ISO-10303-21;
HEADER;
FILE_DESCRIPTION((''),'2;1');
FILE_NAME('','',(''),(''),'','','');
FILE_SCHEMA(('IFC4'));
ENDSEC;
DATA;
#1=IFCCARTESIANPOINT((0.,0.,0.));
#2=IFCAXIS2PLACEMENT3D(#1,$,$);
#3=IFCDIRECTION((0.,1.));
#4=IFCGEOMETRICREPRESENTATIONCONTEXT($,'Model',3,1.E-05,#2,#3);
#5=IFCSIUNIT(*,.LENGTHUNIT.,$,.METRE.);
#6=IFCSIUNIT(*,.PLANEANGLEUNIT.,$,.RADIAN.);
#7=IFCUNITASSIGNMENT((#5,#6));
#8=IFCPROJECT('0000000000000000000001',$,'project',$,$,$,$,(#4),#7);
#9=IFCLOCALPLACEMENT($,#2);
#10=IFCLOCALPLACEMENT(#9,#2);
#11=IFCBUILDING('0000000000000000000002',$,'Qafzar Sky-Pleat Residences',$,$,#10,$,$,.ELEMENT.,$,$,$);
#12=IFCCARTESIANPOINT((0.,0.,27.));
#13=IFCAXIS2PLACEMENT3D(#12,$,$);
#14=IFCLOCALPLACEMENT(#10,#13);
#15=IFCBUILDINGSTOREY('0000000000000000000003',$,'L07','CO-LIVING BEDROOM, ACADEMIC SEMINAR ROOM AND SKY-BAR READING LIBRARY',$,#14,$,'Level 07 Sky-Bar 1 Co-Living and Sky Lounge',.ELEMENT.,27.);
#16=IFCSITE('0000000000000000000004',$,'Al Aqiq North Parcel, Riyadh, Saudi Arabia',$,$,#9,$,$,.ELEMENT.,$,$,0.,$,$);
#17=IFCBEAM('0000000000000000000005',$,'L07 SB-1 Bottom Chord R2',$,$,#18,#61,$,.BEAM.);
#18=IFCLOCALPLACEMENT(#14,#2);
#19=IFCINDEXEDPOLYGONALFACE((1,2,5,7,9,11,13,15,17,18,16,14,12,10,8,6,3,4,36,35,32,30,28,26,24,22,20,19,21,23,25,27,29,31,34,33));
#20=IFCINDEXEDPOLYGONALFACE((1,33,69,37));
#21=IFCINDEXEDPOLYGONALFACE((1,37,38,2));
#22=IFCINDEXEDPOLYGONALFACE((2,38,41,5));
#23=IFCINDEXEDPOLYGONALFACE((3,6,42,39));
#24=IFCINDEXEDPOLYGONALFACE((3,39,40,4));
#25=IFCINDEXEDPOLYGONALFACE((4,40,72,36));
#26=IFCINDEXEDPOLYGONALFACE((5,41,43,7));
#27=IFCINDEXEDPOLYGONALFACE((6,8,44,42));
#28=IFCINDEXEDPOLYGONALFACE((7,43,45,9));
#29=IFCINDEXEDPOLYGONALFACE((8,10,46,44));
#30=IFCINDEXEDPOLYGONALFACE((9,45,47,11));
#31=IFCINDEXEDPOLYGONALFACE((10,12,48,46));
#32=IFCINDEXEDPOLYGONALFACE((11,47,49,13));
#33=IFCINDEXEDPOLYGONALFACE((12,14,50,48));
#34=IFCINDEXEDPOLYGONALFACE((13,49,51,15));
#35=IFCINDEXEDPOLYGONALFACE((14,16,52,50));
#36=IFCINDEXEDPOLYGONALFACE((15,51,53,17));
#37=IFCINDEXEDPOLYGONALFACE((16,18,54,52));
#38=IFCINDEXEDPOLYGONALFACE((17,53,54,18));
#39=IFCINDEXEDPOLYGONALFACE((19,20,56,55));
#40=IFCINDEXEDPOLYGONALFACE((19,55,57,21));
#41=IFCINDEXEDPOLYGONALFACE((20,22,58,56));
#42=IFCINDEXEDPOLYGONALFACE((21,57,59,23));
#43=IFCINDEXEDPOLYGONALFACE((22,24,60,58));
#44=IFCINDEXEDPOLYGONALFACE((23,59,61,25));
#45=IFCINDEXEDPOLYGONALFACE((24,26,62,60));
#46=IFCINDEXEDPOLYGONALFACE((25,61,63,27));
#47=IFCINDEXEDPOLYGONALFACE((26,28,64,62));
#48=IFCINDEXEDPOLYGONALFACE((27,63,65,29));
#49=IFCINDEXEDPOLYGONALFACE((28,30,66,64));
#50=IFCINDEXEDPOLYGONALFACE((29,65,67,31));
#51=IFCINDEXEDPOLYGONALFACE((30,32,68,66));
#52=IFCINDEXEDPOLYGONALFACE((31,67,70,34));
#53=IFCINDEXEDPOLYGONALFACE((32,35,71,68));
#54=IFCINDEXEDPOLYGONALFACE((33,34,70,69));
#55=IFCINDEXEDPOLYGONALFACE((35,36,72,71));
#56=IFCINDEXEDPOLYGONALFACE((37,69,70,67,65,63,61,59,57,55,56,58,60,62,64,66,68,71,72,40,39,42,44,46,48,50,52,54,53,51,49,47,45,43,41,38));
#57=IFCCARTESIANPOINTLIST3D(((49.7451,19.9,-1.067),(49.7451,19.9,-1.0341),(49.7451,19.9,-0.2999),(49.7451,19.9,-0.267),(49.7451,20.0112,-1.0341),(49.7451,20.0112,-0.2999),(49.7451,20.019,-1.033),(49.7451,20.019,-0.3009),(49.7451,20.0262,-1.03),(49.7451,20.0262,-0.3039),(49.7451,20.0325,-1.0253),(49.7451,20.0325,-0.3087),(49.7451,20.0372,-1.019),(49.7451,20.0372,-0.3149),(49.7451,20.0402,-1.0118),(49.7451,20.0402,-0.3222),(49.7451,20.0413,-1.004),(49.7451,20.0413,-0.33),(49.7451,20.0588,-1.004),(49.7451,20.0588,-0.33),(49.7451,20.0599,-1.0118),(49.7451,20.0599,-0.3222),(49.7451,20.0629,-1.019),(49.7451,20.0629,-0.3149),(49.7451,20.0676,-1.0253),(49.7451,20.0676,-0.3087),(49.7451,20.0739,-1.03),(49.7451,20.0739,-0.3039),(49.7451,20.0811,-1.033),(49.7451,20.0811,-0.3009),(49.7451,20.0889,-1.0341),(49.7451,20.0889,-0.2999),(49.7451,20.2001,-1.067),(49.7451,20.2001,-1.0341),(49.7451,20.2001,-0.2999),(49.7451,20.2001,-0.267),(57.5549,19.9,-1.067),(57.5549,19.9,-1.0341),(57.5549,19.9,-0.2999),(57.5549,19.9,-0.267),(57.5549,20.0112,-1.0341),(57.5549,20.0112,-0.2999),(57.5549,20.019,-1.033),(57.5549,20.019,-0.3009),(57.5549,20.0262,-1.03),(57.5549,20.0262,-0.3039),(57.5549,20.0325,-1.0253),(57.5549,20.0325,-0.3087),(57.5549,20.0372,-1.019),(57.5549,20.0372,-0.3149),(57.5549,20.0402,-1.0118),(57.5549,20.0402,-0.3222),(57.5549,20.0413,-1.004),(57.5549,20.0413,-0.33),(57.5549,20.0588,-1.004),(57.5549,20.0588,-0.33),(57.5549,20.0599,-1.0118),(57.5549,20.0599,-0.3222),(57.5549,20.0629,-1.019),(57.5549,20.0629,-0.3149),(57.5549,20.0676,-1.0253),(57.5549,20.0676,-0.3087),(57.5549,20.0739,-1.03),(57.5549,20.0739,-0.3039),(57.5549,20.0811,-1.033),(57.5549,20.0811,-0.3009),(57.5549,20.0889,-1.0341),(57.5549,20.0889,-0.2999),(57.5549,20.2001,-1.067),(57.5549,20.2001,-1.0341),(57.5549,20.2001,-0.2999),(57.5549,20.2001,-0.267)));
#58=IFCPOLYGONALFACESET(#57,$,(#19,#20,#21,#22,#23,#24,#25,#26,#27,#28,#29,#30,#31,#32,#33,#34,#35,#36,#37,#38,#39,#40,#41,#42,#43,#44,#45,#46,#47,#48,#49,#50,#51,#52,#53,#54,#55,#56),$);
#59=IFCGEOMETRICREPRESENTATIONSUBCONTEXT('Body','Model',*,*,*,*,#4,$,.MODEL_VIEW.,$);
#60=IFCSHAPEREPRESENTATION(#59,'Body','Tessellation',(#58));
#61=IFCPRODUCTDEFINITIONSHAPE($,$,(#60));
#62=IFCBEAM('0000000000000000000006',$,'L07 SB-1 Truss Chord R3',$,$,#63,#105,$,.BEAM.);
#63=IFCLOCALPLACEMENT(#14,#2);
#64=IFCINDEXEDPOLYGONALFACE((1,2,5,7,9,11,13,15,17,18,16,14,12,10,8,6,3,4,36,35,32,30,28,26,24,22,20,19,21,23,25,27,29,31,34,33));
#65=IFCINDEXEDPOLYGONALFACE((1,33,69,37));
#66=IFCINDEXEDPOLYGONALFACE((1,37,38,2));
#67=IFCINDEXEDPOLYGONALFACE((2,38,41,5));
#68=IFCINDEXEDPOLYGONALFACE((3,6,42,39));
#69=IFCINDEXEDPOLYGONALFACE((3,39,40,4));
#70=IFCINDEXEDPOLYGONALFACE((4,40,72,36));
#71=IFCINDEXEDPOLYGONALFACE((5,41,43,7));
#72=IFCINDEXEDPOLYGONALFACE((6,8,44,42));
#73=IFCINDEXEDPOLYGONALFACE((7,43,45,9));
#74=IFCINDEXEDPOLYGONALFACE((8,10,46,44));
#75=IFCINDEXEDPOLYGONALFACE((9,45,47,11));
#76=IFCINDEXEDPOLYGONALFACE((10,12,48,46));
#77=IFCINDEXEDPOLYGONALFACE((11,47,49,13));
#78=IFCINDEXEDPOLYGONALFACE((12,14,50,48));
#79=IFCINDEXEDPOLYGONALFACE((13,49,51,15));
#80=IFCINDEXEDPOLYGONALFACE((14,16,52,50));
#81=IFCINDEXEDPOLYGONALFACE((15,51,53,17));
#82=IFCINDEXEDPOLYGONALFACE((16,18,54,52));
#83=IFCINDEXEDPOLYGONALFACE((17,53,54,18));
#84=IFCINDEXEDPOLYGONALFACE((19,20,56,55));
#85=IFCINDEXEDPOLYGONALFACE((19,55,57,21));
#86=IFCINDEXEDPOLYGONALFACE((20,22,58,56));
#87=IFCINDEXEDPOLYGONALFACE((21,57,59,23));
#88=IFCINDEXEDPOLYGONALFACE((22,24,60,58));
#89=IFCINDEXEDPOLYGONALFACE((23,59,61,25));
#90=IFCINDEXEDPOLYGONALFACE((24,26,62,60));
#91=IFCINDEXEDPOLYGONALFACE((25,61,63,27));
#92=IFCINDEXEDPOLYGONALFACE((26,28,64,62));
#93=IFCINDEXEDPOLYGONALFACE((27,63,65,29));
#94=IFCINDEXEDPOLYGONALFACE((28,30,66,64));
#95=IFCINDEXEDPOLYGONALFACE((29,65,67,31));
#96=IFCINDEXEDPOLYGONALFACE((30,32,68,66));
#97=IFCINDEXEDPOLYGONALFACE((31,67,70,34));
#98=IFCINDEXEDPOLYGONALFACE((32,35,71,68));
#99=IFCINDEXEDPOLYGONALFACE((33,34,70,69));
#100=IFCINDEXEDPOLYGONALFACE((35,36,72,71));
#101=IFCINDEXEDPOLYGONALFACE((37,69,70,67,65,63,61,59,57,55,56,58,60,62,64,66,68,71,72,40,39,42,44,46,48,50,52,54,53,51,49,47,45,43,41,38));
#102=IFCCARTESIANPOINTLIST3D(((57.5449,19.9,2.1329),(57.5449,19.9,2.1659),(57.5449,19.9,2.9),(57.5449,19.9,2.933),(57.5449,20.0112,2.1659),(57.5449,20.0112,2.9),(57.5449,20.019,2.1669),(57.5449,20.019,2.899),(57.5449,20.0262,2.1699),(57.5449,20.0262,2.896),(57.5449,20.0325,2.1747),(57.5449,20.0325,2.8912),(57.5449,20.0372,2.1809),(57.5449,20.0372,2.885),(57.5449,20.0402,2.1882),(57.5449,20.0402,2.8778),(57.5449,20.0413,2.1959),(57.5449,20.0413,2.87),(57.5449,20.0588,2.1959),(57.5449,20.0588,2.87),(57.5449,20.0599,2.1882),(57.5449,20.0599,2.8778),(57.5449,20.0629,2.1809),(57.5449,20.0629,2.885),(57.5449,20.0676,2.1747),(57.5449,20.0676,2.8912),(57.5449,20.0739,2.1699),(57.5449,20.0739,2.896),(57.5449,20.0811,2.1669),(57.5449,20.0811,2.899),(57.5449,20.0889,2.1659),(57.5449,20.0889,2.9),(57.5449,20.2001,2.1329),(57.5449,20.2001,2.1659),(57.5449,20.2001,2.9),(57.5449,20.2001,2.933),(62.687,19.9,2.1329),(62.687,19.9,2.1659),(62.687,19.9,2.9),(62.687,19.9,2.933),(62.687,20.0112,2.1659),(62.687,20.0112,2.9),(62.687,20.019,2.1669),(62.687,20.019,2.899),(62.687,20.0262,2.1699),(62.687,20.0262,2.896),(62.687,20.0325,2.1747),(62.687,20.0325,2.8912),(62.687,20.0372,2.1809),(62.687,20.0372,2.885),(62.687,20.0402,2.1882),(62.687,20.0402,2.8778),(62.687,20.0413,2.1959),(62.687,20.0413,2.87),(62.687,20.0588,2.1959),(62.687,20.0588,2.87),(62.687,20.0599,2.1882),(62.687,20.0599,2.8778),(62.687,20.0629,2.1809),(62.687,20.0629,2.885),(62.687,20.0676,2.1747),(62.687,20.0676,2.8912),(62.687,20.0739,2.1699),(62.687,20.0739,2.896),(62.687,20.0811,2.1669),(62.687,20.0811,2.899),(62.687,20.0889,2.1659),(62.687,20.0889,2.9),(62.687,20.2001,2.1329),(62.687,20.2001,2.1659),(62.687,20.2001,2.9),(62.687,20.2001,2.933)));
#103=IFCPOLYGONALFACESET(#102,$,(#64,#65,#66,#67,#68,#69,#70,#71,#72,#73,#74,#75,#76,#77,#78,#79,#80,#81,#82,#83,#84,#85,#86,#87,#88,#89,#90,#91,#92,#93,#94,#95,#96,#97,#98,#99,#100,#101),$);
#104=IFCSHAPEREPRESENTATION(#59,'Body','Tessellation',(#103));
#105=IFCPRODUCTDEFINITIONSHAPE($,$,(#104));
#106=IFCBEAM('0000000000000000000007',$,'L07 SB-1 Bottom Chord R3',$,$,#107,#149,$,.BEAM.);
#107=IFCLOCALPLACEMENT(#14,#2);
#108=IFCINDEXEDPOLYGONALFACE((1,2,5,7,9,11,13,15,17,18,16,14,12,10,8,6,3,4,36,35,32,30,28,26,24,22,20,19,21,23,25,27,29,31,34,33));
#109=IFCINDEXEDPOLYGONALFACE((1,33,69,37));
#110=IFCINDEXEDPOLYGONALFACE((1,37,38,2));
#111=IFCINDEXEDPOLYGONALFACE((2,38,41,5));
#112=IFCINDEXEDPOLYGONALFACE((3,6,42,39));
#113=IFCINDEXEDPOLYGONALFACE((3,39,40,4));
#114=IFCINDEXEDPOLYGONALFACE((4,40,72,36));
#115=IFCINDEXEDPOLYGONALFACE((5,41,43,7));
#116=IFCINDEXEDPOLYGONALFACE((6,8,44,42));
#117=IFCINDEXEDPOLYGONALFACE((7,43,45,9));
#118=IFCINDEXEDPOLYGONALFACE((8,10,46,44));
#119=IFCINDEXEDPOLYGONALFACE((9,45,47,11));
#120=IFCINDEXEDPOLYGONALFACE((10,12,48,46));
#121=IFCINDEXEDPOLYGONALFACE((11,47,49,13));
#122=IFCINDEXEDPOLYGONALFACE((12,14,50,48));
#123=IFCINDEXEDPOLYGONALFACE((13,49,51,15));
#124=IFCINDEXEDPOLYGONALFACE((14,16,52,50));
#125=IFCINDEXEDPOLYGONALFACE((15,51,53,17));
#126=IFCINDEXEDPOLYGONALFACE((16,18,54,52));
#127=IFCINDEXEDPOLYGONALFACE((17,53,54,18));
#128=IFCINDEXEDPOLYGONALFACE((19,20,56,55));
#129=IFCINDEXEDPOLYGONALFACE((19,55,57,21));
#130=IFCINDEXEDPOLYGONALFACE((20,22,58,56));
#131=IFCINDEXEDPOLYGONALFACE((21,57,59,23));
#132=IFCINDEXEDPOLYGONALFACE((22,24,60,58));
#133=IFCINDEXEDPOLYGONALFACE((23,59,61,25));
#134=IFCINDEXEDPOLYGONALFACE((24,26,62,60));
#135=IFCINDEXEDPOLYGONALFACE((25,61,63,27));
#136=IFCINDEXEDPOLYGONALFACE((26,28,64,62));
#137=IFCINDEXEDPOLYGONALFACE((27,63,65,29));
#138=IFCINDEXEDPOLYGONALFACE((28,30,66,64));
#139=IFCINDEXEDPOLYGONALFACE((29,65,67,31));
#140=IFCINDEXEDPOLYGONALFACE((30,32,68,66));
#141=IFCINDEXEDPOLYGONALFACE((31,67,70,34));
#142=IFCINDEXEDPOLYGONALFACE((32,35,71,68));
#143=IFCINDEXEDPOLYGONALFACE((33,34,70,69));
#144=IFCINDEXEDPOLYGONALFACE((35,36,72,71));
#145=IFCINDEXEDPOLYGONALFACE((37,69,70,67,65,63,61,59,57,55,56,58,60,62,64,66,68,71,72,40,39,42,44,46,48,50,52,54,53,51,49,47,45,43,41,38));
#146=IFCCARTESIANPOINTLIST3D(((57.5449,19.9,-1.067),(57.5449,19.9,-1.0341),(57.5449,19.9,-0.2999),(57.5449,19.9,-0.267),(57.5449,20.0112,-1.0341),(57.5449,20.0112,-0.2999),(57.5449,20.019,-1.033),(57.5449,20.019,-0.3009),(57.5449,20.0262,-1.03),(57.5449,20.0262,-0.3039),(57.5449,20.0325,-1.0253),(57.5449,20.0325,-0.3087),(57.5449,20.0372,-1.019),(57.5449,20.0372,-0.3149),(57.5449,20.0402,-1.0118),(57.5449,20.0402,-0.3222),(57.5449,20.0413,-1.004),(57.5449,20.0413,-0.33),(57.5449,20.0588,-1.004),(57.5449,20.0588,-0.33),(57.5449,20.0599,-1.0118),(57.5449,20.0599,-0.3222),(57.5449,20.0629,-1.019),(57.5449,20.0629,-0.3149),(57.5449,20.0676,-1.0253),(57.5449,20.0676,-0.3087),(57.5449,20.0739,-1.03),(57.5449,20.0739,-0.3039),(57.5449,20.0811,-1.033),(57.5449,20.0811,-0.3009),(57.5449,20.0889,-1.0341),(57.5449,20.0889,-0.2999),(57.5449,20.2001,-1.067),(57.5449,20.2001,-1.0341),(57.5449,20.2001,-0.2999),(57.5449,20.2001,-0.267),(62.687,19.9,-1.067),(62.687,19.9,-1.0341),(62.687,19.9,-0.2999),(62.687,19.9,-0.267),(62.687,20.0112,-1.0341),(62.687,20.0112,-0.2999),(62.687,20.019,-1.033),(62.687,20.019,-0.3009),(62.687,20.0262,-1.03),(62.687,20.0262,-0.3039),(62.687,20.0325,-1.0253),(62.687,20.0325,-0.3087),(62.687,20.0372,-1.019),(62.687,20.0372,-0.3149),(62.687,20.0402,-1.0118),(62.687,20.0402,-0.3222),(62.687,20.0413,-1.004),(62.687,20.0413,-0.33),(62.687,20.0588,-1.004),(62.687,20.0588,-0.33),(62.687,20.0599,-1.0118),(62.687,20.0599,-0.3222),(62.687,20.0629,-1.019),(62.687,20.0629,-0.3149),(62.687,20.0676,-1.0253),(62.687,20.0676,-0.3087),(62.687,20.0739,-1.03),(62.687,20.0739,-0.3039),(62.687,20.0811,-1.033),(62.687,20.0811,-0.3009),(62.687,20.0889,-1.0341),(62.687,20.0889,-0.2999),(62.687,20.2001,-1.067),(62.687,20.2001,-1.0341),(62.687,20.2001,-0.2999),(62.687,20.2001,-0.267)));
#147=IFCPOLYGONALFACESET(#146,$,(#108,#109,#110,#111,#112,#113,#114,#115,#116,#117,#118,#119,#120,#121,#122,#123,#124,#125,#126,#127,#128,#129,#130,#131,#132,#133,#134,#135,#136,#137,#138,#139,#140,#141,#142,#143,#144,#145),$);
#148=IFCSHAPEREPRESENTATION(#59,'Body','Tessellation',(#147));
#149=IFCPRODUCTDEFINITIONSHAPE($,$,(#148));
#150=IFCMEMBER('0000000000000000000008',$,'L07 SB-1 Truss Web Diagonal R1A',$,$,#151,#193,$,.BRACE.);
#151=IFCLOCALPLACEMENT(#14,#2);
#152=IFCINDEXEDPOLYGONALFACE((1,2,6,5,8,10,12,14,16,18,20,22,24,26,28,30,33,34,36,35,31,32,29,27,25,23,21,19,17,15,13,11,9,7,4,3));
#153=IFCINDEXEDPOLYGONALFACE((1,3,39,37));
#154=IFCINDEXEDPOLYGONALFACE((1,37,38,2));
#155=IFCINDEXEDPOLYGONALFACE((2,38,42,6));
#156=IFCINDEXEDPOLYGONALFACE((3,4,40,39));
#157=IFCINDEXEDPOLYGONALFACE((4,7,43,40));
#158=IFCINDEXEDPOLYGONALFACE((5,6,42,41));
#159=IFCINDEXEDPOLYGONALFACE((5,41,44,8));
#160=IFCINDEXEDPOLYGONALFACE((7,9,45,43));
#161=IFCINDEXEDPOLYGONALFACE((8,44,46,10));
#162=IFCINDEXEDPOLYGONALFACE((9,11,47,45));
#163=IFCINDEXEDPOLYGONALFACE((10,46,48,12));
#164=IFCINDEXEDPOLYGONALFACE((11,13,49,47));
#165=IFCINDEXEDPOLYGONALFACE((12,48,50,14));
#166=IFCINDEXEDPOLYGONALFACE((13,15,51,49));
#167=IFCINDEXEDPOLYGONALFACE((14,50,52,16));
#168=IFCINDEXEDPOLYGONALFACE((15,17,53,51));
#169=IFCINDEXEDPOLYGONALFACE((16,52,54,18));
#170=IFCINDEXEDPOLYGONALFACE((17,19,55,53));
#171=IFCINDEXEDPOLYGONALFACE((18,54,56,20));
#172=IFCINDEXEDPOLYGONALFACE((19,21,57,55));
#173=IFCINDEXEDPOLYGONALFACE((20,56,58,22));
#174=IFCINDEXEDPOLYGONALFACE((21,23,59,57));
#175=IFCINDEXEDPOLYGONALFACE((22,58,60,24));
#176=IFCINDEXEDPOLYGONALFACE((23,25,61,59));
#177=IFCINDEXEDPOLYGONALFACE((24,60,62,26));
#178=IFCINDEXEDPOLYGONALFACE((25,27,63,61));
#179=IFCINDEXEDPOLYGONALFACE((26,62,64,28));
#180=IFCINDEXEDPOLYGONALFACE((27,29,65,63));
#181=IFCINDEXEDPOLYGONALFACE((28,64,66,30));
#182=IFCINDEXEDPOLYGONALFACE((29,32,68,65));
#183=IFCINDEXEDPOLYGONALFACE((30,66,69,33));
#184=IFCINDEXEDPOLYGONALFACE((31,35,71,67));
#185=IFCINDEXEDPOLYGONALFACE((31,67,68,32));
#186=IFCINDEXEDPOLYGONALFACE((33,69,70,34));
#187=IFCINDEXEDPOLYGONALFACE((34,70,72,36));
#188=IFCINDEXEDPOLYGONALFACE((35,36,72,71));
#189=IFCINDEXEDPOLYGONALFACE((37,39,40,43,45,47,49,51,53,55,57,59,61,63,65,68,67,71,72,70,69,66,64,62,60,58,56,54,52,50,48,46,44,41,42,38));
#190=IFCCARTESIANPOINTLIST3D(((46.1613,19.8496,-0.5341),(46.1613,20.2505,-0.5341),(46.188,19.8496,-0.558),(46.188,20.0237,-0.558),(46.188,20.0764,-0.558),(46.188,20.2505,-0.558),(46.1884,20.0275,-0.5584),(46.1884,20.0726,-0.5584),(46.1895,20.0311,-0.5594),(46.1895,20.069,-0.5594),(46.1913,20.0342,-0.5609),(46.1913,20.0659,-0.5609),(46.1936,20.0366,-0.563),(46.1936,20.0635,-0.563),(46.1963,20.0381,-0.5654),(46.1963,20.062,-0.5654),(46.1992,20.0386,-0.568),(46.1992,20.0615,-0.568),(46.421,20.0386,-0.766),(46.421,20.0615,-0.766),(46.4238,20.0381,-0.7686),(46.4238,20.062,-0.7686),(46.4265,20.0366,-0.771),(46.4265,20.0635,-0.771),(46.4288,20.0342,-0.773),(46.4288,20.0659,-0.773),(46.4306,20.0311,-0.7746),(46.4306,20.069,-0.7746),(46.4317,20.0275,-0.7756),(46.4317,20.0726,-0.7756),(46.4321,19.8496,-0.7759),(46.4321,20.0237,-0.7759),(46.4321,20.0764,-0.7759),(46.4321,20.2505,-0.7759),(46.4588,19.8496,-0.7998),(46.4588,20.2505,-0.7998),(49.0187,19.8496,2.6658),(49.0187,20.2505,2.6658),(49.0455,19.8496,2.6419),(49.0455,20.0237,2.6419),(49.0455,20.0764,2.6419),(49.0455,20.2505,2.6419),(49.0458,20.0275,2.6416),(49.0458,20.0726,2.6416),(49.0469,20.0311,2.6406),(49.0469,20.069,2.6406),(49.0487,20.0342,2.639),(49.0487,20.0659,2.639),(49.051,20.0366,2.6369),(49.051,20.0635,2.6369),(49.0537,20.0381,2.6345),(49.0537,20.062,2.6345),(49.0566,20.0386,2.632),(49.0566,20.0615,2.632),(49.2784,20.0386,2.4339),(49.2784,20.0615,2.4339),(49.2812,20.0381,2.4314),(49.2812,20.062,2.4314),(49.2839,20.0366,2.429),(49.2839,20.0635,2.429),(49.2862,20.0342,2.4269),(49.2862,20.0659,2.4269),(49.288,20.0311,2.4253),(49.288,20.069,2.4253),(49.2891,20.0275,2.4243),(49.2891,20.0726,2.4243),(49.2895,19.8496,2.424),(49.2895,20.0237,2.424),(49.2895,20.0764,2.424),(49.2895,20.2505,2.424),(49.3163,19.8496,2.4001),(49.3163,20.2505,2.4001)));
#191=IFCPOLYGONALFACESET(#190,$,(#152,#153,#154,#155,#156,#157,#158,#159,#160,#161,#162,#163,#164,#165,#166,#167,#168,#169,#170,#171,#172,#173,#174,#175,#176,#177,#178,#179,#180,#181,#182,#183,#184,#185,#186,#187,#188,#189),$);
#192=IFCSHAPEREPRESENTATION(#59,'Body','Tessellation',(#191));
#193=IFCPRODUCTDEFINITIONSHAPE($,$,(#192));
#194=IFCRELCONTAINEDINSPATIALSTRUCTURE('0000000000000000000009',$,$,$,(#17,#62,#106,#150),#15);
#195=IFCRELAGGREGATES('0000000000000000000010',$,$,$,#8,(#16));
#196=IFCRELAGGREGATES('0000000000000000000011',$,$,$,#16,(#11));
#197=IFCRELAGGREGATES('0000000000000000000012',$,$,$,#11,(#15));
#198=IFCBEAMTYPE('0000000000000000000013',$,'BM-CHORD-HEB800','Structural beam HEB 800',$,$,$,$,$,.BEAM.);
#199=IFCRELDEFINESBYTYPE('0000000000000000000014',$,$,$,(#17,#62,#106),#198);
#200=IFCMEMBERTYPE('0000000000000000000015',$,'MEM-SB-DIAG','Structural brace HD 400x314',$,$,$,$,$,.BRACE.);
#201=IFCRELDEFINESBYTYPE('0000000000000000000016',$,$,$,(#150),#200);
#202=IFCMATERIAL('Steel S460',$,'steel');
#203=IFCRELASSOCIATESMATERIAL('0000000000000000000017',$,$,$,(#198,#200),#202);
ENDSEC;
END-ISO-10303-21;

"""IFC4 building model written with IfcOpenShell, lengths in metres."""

from ifc_helpers import new_model, si_unit, direction, frame, origin, origin_2d, place, context, subcontext, project, spatial, i_section, extrude, source, transform, mapped, material, material_profile, profile_set, type_object, element, save


model = new_model("IFC4")

# Units and contexts
model_context = context("Model", 3, precision=1e-05, world=origin(), true_north=direction((0.0, 1.0)))
body_context = subcontext(model_context, "Body", "Model", "MODEL_VIEW")
ifc_project = project(units=[si_unit("LENGTHUNIT", "METRE"), si_unit("PLANEANGLEUNIT", "RADIAN")], contexts=[model_context])

# Site, building, storey
site_placement = place(None, origin())
site = spatial("IfcSite", under=ifc_project, at=site_placement, Name="Al Aqiq North Parcel, Riyadh, Saudi Arabia", CompositionType="ELEMENT", RefElevation=0.0)
building_placement = place(site_placement, origin())
building = spatial("IfcBuilding", under=site, at=building_placement, Name="Qafzar Sky-Pleat Residences", CompositionType="ELEMENT")
storey_placement = place(building_placement, frame((0.0, 0.0, 27.0)))
storey = spatial("IfcBuildingStorey", under=building, at=storey_placement, Name="L07", Description="CO-LIVING BEDROOM, ACADEMIC SEMINAR ROOM AND SKY-BAR READING LIBRARY", LongName="Level 07 Sky-Bar 1 Co-Living and Sky Lounge", CompositionType="ELEMENT", Elevation=27.0)

# Shared definitions
ifc_material_1 = material(Name="Steel S460", Category="steel")

# Beams
ifc_material_profile_1 = material_profile(ifc_material_1, i_section(OverallWidth=0.3, OverallDepth=0.8, WebThickness=0.0176, FlangeThickness=0.033, FilletRadius=0.03, at=origin_2d()), Name="HEB 800")
ifc_profile_set_1 = profile_set([ifc_material_profile_1], Name="Steel S460")
beam_type_1 = type_object("IfcBeamType", Name="BM-CHORD-HEB800", Description="Structural beam HEB 800", PredefinedType="BEAM", material=ifc_profile_set_1)
shared_shape_1 = source(origin(), body_context, "Body", "SweptSolid", [
    extrude(i_section(OverallWidth=0.3, OverallDepth=0.8, WebThickness=0.0176, FlangeThickness=0.033, FilletRadius=0.03, at=origin_2d()), origin(), (0.0, 0.0, 1.0), 7.8098),
])
for number, where, z_axis, x_axis, name in (
    (1, (49.7451, 20.05, -0.667), (1.0, 0.0, 0.0), (0.0, 1.0, 0.0), "L07 SB-1 Bottom Chord R2"),
):
    element("IfcBeam", number, at=place(storey_placement, frame(where, z_axis=z_axis, x_axis=x_axis)), inside=storey, type_object=beam_type_1, Name=name, PredefinedType="BEAM", context=body_context, shape_type="MappedRepresentation", body=[
        mapped(shared_shape_1, transform((0.0, 0.0, 0.0), x_axis=(1.0, 0.0, 0.0), y_axis=(0.0, 1.0, 0.0), z_axis=(0.0, 0.0, 1.0), scale=1.0)),
    ])
shared_shape_2 = source(origin(), body_context, "Body", "SweptSolid", [
    extrude(i_section(OverallWidth=0.3, OverallDepth=0.8, WebThickness=0.0176, FlangeThickness=0.033, FilletRadius=0.03, at=origin_2d()), origin(), (0.0, 0.0, 1.0), 5.1421),
])
for number, where, z_axis, x_axis, name in (
    (2, (57.5449, 20.05, 2.533), (1.0, 0.0, 0.0), (0.0, 1.0, 0.0), "L07 SB-1 Truss Chord R3"),
    (3, (57.5449, 20.05, -0.667), (1.0, 0.0, 0.0), (0.0, 1.0, 0.0), "L07 SB-1 Bottom Chord R3"),
):
    element("IfcBeam", number, at=place(storey_placement, frame(where, z_axis=z_axis, x_axis=x_axis)), inside=storey, type_object=beam_type_1, Name=name, PredefinedType="BEAM", context=body_context, shape_type="MappedRepresentation", body=[
        mapped(shared_shape_2, transform((0.0, 0.0, 0.0), x_axis=(1.0, 0.0, 0.0), y_axis=(0.0, 1.0, 0.0), z_axis=(0.0, 0.0, 1.0), scale=1.0)),
    ])

# Member
ifc_material_profile_2 = material_profile(ifc_material_1, i_section(OverallWidth=0.4009, OverallDepth=0.3989, WebThickness=0.0229, FlangeThickness=0.0359, FilletRadius=0.0149, at=origin_2d()), Name="HD 400x314")
ifc_profile_set_2 = profile_set([ifc_material_profile_2], Name="Steel S460")
member_type = type_object("IfcMemberType", Name="MEM-SB-DIAG", Description="Structural brace HD 400x314", PredefinedType="BRACE", material=ifc_profile_set_2)
shared_shape_3 = source(origin(), body_context, "Body", "SweptSolid", [
    extrude(i_section(OverallWidth=0.4009, OverallDepth=0.3989, WebThickness=0.0229, FlangeThickness=0.0359, FilletRadius=0.0149, at=origin_2d()), origin(), (0.0, 0.0, 1.0), 4.29),
])
for number, where, z_axis, x_axis, name in (
    (4, (46.3101, 20.05, -0.667), (0.666058, 0.0, 0.7459), (0.0, 1.0, 0.0), "L07 SB-1 Truss Web Diagonal R1A"),
):
    element("IfcMember", number, at=place(storey_placement, frame(where, z_axis=z_axis, x_axis=x_axis)), inside=storey, type_object=member_type, Name=name, PredefinedType="BRACE", context=body_context, shape_type="MappedRepresentation", body=[
        mapped(shared_shape_3, transform((0.0, 0.0, 0.0), x_axis=(1.0, 0.0, 0.0), y_axis=(0.0, 1.0, 0.0), z_axis=(0.0, 0.0, 1.0), scale=1.0)),
    ])

save(model, "model.ifc")
